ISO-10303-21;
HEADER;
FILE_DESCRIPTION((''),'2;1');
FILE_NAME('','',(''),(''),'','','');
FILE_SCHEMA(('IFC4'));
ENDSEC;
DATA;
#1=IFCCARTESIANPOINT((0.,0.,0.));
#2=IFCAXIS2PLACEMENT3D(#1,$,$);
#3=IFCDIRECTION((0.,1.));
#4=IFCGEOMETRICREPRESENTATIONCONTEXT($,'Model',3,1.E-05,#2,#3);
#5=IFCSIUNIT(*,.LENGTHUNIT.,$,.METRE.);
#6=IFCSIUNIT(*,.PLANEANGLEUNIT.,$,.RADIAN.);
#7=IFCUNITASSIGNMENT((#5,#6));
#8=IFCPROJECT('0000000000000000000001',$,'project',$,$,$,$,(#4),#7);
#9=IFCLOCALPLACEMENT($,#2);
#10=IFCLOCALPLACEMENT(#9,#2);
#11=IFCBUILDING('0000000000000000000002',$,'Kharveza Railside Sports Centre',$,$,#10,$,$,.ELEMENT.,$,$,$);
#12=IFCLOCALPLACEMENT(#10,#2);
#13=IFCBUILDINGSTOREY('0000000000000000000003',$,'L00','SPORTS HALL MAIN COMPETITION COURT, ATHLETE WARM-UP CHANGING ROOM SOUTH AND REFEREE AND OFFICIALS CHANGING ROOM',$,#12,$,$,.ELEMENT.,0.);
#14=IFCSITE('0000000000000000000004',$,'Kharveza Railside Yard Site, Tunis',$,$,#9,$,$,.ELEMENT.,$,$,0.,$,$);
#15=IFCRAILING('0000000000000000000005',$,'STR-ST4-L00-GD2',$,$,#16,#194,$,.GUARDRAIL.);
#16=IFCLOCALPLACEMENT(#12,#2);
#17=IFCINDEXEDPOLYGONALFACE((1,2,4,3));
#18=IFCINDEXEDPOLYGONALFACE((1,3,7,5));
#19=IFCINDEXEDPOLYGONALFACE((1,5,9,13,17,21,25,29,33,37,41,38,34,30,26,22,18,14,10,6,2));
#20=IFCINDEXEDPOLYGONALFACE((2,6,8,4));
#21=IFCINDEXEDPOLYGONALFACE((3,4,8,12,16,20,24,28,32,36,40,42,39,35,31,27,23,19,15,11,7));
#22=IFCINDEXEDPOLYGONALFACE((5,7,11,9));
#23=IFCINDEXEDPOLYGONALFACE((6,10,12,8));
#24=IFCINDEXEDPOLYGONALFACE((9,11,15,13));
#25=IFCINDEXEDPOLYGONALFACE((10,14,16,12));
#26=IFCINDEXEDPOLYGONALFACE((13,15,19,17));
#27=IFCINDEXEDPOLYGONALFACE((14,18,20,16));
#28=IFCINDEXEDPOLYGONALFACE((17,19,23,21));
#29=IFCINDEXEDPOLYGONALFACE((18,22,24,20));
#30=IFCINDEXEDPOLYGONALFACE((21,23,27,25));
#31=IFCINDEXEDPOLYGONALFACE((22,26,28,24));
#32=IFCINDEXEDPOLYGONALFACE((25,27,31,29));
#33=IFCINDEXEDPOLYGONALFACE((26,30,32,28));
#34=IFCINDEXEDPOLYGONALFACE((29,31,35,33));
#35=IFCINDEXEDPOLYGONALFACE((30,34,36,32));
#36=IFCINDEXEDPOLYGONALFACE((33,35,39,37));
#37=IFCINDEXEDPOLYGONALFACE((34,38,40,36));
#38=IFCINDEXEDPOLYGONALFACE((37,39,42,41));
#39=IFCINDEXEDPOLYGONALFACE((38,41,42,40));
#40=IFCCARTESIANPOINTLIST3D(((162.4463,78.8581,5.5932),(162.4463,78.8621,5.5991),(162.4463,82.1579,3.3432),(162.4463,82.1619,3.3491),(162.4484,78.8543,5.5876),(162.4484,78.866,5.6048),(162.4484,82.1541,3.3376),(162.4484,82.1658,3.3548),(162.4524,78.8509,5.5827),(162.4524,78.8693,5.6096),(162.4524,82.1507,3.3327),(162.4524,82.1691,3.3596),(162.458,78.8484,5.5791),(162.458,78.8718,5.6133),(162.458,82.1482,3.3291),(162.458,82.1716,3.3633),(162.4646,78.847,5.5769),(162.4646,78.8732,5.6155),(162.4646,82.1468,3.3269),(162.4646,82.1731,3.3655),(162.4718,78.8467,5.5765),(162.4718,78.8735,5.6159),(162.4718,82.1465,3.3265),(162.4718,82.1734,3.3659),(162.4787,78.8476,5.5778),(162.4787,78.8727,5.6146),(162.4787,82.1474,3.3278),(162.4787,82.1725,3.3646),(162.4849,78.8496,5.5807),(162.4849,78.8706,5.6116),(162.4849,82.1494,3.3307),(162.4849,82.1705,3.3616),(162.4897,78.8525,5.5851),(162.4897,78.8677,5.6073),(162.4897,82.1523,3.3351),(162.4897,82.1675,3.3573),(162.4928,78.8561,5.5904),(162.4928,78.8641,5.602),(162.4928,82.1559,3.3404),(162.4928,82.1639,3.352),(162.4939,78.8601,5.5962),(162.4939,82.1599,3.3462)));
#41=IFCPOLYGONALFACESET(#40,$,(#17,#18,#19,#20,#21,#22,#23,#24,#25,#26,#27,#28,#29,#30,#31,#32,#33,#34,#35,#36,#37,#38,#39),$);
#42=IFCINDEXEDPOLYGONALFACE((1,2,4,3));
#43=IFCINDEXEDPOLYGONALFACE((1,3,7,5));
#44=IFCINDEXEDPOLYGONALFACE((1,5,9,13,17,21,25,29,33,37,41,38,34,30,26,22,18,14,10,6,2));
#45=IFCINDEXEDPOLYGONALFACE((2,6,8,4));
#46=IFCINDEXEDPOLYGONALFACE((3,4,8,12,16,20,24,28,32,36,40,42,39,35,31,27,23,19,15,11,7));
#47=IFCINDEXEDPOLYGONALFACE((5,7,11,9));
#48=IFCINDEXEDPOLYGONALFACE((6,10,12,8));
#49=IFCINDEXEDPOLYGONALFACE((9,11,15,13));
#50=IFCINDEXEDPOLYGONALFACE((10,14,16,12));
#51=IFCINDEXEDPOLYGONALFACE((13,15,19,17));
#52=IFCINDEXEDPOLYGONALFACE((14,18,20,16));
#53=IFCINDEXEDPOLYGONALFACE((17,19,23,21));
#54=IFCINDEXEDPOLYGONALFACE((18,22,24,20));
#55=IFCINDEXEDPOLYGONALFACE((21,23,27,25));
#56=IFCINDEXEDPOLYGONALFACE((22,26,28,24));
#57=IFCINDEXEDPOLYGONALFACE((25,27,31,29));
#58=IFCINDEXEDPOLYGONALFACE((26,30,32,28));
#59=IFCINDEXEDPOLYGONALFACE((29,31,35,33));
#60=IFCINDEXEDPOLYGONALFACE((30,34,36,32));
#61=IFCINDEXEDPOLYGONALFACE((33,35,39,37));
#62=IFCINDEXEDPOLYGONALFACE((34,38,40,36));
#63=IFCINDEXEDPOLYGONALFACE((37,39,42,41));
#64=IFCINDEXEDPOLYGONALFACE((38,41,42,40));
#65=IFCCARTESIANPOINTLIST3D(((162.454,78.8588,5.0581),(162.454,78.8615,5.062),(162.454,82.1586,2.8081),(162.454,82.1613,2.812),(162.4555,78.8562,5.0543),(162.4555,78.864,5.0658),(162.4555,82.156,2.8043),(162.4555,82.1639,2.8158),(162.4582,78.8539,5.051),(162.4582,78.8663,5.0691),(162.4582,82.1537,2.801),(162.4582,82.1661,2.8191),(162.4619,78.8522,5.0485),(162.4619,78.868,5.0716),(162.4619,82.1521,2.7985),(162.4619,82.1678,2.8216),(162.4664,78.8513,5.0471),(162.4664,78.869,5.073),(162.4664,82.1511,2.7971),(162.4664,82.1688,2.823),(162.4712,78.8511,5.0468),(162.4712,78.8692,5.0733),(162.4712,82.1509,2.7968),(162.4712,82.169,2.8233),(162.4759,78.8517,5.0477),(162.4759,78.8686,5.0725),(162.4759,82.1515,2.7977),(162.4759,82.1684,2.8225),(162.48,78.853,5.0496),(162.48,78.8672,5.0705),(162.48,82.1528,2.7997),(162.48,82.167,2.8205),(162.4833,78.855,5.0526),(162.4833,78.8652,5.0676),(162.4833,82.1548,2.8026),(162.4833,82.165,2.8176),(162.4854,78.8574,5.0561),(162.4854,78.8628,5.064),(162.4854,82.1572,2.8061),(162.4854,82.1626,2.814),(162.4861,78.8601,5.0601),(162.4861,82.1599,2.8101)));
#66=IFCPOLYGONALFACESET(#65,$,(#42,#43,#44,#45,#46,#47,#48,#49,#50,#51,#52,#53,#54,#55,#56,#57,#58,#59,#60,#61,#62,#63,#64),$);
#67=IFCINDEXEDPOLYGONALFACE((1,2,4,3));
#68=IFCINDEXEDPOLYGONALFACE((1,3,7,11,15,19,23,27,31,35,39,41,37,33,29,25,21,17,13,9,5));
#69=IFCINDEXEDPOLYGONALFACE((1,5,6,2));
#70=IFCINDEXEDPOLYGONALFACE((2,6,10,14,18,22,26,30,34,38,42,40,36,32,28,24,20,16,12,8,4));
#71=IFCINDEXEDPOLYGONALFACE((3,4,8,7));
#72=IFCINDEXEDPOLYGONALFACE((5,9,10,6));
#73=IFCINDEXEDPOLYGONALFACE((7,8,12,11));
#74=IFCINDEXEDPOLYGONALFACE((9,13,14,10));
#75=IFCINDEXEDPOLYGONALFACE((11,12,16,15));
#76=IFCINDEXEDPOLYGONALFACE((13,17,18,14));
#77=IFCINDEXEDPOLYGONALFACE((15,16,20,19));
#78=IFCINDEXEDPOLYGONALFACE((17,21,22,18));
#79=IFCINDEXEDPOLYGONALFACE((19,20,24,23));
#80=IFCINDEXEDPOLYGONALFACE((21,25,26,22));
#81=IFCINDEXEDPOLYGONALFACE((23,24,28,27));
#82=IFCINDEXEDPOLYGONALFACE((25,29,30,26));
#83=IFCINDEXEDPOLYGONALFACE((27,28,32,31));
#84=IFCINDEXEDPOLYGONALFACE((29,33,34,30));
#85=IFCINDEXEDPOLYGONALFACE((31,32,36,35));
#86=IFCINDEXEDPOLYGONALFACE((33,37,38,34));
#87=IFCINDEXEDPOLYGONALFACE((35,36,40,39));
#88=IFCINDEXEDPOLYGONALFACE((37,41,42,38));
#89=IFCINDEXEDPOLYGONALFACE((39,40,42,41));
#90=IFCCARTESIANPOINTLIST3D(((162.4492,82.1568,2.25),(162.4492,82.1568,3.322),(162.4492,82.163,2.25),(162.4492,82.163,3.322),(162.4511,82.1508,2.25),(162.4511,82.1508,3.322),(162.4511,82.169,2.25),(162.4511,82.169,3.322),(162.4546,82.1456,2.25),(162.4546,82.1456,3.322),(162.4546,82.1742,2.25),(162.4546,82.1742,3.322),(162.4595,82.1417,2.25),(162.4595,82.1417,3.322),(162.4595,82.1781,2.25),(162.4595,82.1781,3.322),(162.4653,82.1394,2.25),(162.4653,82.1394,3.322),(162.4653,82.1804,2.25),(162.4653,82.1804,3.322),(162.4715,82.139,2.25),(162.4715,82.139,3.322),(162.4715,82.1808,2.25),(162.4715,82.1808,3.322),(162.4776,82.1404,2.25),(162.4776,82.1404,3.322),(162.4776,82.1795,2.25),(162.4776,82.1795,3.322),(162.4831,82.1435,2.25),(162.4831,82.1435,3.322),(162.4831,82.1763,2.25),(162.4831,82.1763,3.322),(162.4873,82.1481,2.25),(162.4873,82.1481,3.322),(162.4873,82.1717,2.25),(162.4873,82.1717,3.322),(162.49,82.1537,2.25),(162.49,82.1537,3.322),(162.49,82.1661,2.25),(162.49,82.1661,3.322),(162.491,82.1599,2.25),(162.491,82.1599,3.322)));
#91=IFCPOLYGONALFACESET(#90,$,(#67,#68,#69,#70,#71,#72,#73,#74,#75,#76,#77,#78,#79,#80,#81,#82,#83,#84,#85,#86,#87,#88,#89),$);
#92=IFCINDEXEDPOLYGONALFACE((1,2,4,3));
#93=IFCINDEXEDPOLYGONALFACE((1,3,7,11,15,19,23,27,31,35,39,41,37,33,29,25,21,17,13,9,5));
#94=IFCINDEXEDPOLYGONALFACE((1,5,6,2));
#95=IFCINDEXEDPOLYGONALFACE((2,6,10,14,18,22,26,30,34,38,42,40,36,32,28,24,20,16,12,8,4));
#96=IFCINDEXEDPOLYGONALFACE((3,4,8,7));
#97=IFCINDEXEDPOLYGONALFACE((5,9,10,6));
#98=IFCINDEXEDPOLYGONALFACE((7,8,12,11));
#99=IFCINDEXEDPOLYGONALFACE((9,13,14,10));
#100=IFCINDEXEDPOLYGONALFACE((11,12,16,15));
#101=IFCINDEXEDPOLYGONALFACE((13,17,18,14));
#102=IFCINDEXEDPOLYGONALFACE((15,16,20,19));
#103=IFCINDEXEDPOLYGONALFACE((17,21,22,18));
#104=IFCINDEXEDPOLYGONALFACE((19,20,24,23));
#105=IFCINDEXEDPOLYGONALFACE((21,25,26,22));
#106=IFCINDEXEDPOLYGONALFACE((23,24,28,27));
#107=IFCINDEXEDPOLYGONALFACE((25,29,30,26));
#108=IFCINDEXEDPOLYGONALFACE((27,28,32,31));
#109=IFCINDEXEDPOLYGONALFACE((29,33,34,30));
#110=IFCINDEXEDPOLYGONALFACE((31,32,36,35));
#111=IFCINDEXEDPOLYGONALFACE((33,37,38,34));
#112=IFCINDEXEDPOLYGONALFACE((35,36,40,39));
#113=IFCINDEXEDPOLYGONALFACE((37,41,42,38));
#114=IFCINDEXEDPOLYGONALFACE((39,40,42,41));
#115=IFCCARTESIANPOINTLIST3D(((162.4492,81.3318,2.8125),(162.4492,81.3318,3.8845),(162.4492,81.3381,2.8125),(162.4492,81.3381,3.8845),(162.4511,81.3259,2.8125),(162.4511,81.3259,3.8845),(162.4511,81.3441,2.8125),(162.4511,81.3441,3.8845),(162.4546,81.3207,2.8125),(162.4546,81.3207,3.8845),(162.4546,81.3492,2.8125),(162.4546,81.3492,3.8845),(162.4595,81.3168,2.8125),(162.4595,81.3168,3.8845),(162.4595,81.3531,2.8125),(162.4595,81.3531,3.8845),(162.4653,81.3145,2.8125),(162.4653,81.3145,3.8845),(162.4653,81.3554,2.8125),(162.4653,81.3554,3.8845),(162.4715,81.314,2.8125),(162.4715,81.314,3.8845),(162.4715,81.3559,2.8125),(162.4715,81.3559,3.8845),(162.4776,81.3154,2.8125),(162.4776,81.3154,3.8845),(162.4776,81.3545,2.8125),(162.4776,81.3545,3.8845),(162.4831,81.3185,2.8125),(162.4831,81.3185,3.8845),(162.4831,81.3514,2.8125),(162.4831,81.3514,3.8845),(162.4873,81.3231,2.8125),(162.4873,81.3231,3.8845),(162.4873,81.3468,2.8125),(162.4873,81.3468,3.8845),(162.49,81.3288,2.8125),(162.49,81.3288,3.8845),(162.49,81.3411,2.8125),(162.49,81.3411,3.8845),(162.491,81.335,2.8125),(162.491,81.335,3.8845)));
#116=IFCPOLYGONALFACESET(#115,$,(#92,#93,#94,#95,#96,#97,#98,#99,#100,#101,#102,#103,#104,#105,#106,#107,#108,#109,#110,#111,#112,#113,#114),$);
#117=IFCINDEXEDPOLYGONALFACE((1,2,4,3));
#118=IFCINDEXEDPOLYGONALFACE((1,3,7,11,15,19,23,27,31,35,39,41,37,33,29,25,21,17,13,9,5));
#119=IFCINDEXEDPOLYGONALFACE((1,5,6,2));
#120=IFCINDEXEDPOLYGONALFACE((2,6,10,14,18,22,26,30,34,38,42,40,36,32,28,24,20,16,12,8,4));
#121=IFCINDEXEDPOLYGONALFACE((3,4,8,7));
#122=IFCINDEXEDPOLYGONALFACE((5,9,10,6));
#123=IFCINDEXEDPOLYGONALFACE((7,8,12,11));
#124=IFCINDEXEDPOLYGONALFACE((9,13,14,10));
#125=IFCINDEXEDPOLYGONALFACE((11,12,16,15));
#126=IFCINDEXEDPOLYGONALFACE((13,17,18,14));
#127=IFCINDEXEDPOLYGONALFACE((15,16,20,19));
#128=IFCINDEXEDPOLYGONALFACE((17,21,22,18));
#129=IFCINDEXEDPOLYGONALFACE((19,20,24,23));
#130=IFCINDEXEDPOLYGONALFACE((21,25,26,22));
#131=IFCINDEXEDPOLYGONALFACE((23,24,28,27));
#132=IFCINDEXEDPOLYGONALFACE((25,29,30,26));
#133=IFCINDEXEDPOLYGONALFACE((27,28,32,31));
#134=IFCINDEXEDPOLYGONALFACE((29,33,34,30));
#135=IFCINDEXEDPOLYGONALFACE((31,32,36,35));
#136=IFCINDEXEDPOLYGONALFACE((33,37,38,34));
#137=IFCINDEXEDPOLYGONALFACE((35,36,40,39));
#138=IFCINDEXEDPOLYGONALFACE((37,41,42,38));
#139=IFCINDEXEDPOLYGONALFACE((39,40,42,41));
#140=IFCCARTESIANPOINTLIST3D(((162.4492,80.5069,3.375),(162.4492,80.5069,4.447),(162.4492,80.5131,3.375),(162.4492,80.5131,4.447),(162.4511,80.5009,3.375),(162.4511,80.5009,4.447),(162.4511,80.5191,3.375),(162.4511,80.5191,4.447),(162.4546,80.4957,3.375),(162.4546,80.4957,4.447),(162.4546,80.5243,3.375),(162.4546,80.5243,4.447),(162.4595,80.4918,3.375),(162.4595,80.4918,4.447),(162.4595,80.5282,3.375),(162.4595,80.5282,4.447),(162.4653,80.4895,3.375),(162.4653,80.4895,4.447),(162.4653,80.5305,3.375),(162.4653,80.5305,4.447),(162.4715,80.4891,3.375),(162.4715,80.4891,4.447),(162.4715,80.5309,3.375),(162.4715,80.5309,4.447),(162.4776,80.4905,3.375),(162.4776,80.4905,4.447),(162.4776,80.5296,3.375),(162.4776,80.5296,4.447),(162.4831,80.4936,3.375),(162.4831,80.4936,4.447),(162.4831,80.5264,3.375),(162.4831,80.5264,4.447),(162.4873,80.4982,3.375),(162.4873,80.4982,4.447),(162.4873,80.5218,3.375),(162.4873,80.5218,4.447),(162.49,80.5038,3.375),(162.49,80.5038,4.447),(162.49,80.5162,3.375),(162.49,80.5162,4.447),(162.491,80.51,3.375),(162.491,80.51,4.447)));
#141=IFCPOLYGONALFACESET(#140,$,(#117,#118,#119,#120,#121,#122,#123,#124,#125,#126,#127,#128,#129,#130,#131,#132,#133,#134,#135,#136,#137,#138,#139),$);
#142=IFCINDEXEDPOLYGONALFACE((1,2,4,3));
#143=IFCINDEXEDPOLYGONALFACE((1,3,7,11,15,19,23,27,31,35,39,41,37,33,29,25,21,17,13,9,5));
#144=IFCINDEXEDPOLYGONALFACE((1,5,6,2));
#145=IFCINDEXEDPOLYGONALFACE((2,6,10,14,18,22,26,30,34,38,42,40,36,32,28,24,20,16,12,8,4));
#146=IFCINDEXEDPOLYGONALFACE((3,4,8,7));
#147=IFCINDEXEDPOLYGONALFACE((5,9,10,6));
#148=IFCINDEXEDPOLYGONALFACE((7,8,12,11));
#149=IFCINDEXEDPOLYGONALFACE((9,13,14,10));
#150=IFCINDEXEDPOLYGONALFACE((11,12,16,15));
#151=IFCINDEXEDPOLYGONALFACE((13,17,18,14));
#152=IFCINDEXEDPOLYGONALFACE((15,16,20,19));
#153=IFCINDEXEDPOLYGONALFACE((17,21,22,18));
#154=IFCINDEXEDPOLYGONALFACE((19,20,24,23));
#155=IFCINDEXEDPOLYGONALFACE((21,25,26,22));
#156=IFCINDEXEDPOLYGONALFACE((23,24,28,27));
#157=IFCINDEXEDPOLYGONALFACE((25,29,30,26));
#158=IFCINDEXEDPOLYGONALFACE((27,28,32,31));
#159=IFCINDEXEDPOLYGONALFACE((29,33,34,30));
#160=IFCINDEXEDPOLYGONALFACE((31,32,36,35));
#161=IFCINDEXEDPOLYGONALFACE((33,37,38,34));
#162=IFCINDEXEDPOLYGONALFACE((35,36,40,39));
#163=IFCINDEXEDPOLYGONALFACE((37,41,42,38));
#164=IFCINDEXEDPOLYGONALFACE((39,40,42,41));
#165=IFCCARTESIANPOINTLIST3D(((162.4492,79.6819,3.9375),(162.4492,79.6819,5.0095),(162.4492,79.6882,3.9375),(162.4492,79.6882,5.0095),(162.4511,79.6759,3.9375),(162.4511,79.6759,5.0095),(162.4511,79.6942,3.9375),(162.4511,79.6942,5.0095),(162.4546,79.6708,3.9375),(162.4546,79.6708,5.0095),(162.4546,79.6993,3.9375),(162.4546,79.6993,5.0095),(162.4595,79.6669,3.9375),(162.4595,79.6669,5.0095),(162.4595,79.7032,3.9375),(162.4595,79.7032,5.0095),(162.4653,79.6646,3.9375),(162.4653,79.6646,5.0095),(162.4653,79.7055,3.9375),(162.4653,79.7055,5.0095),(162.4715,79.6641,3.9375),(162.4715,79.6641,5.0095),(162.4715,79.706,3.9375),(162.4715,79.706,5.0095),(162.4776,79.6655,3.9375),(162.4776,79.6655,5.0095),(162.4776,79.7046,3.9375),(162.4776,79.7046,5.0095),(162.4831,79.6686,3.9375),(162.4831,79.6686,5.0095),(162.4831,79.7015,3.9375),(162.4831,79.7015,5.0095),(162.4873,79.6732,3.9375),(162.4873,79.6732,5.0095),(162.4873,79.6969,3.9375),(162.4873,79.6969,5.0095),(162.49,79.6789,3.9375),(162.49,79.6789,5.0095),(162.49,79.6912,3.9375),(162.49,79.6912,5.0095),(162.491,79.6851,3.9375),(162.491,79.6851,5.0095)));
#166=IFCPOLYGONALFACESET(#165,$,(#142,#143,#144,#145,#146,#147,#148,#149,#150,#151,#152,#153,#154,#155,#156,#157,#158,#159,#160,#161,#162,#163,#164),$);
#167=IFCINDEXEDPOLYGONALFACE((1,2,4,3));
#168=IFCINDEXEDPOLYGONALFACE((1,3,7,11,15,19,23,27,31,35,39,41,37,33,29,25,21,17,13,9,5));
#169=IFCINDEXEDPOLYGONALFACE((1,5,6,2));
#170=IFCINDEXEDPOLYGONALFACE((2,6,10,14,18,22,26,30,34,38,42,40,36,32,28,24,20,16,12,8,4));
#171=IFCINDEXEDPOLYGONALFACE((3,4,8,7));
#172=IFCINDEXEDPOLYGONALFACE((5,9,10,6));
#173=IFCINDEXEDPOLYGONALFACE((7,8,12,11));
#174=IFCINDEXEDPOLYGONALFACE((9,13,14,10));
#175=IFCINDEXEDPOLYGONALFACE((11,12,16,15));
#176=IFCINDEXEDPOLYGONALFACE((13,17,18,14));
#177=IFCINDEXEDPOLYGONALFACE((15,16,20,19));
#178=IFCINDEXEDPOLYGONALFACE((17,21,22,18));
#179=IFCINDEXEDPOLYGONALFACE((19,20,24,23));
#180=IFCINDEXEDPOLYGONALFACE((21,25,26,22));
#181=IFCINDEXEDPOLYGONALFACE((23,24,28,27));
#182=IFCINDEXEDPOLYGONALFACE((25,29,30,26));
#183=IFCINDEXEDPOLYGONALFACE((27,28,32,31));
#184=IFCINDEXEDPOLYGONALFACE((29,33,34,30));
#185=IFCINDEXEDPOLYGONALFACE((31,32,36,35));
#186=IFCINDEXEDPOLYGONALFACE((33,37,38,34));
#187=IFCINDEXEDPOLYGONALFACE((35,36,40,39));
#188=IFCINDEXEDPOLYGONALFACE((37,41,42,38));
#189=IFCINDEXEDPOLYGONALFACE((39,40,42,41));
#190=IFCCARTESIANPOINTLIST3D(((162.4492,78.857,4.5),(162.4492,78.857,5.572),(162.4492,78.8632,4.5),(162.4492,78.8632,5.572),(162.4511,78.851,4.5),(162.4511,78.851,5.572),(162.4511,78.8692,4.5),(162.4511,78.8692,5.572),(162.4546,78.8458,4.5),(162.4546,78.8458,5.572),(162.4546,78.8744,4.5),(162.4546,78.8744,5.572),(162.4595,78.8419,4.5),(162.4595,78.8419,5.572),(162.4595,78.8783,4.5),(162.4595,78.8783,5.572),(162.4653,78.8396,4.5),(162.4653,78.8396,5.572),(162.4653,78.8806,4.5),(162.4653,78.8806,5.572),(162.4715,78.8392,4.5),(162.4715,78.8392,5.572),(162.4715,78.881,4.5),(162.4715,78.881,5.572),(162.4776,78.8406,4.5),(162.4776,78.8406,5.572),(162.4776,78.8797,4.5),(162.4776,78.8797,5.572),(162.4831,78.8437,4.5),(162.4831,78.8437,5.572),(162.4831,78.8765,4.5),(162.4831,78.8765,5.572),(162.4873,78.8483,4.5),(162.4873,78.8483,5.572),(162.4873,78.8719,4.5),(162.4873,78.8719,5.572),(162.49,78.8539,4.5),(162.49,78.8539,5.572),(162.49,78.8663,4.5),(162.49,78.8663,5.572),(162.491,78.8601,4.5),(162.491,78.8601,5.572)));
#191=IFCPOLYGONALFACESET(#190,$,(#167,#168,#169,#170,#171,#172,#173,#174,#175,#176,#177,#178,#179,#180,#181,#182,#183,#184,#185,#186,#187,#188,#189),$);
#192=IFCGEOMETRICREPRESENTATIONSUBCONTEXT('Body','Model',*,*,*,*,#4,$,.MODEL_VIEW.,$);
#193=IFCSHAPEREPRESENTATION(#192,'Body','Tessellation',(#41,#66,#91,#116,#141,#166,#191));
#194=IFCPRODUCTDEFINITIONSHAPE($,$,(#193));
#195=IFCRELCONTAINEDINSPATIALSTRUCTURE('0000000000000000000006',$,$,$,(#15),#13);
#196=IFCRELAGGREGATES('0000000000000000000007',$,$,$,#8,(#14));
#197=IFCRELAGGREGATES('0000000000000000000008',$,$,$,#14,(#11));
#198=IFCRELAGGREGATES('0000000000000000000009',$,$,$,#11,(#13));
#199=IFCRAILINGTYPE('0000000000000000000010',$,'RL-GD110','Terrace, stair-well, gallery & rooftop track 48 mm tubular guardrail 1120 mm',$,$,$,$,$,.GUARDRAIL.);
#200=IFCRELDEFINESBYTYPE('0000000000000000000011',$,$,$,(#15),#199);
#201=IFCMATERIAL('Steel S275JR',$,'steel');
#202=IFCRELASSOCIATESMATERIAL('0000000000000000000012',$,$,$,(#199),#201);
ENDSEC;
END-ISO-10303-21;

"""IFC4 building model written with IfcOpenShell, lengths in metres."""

from ifc_helpers import new_model, si_unit, direction, frame, origin, origin_2d, place, context, subcontext, project, spatial, circle, extrude, material, type_object, element, save


model = new_model("IFC4")

# Units and contexts
model_context = context("Model", 3, precision=1e-05, world=origin(), true_north=direction((0.0, 1.0)))
body_context = subcontext(model_context, "Body", "Model", "MODEL_VIEW")
ifc_project = project(units=[si_unit("LENGTHUNIT", "METRE"), si_unit("PLANEANGLEUNIT", "RADIAN")], contexts=[model_context])

# Site, building, storey
site_placement = place(None, origin())
site = spatial("IfcSite", under=ifc_project, at=site_placement, Name="Kharveza Railside Yard Site, Tunis", CompositionType="ELEMENT", RefElevation=0.0)
building_placement = place(site_placement, origin())
building = spatial("IfcBuilding", under=site, at=building_placement, Name="Kharveza Railside Sports Centre", CompositionType="ELEMENT")
storey_placement = place(building_placement, origin())
storey = spatial("IfcBuildingStorey", under=building, at=storey_placement, Name="L00", Description="SPORTS HALL MAIN COMPETITION COURT, ATHLETE WARM-UP CHANGING ROOM SOUTH AND REFEREE AND OFFICIALS CHANGING ROOM", CompositionType="ELEMENT", Elevation=0.0)

# Railing
ifc_material_1 = material(Name="Steel S275JR", Category="steel")
railing_type_1 = type_object("IfcRailingType", Name="RL-GD110", Description="Terrace, stair-well, gallery & rooftop track 48 mm tubular guardrail 1120 mm", PredefinedType="GUARDRAIL", material=ifc_material_1)
railing_1_placement = place(storey_placement, frame((162.47, 82.1599, 2.25)))
element("IfcRailing", 1, at=railing_1_placement, inside=storey, type_object=railing_type_1, Name="STR-ST4-L00-GD2", PredefinedType="GUARDRAIL", context=body_context, shape_type="SweptSolid", body=[
    extrude(circle(Radius=0.0239, at=origin_2d()), frame((0.0, 0.0, 1.0962), z_axis=(0.0, -0.826212, 0.56336), x_axis=(1.0, 0.0, 0.0)), (0.0, 0.0, 1.0), 3.9939),
    extrude(circle(Radius=0.0161, at=origin_2d()), frame((0.0, 0.0, 0.5601), z_axis=(0.0, -0.826212, 0.56336), x_axis=(1.0, 0.0, 0.0)), (0.0, 0.0, 1.0), 3.9939),
    extrude(circle(Radius=0.021, at=origin_2d()), origin(), (0.0, 0.0, 1.0), 1.072),
    extrude(circle(Radius=0.021, at=origin_2d()), frame((0.0, -0.825, 0.5625)), (0.0, 0.0, 1.0), 1.072),
    extrude(circle(Radius=0.021, at=origin_2d()), frame((0.0, -1.6499, 1.125)), (0.0, 0.0, 1.0), 1.072),
    extrude(circle(Radius=0.021, at=origin_2d()), frame((0.0, -2.4749, 1.6875)), (0.0, 0.0, 1.0), 1.072),
    extrude(circle(Radius=0.021, at=origin_2d()), frame((0.0, -3.2998, 2.25)), (0.0, 0.0, 1.0), 1.072),
])

save(model, "model.ifc")
